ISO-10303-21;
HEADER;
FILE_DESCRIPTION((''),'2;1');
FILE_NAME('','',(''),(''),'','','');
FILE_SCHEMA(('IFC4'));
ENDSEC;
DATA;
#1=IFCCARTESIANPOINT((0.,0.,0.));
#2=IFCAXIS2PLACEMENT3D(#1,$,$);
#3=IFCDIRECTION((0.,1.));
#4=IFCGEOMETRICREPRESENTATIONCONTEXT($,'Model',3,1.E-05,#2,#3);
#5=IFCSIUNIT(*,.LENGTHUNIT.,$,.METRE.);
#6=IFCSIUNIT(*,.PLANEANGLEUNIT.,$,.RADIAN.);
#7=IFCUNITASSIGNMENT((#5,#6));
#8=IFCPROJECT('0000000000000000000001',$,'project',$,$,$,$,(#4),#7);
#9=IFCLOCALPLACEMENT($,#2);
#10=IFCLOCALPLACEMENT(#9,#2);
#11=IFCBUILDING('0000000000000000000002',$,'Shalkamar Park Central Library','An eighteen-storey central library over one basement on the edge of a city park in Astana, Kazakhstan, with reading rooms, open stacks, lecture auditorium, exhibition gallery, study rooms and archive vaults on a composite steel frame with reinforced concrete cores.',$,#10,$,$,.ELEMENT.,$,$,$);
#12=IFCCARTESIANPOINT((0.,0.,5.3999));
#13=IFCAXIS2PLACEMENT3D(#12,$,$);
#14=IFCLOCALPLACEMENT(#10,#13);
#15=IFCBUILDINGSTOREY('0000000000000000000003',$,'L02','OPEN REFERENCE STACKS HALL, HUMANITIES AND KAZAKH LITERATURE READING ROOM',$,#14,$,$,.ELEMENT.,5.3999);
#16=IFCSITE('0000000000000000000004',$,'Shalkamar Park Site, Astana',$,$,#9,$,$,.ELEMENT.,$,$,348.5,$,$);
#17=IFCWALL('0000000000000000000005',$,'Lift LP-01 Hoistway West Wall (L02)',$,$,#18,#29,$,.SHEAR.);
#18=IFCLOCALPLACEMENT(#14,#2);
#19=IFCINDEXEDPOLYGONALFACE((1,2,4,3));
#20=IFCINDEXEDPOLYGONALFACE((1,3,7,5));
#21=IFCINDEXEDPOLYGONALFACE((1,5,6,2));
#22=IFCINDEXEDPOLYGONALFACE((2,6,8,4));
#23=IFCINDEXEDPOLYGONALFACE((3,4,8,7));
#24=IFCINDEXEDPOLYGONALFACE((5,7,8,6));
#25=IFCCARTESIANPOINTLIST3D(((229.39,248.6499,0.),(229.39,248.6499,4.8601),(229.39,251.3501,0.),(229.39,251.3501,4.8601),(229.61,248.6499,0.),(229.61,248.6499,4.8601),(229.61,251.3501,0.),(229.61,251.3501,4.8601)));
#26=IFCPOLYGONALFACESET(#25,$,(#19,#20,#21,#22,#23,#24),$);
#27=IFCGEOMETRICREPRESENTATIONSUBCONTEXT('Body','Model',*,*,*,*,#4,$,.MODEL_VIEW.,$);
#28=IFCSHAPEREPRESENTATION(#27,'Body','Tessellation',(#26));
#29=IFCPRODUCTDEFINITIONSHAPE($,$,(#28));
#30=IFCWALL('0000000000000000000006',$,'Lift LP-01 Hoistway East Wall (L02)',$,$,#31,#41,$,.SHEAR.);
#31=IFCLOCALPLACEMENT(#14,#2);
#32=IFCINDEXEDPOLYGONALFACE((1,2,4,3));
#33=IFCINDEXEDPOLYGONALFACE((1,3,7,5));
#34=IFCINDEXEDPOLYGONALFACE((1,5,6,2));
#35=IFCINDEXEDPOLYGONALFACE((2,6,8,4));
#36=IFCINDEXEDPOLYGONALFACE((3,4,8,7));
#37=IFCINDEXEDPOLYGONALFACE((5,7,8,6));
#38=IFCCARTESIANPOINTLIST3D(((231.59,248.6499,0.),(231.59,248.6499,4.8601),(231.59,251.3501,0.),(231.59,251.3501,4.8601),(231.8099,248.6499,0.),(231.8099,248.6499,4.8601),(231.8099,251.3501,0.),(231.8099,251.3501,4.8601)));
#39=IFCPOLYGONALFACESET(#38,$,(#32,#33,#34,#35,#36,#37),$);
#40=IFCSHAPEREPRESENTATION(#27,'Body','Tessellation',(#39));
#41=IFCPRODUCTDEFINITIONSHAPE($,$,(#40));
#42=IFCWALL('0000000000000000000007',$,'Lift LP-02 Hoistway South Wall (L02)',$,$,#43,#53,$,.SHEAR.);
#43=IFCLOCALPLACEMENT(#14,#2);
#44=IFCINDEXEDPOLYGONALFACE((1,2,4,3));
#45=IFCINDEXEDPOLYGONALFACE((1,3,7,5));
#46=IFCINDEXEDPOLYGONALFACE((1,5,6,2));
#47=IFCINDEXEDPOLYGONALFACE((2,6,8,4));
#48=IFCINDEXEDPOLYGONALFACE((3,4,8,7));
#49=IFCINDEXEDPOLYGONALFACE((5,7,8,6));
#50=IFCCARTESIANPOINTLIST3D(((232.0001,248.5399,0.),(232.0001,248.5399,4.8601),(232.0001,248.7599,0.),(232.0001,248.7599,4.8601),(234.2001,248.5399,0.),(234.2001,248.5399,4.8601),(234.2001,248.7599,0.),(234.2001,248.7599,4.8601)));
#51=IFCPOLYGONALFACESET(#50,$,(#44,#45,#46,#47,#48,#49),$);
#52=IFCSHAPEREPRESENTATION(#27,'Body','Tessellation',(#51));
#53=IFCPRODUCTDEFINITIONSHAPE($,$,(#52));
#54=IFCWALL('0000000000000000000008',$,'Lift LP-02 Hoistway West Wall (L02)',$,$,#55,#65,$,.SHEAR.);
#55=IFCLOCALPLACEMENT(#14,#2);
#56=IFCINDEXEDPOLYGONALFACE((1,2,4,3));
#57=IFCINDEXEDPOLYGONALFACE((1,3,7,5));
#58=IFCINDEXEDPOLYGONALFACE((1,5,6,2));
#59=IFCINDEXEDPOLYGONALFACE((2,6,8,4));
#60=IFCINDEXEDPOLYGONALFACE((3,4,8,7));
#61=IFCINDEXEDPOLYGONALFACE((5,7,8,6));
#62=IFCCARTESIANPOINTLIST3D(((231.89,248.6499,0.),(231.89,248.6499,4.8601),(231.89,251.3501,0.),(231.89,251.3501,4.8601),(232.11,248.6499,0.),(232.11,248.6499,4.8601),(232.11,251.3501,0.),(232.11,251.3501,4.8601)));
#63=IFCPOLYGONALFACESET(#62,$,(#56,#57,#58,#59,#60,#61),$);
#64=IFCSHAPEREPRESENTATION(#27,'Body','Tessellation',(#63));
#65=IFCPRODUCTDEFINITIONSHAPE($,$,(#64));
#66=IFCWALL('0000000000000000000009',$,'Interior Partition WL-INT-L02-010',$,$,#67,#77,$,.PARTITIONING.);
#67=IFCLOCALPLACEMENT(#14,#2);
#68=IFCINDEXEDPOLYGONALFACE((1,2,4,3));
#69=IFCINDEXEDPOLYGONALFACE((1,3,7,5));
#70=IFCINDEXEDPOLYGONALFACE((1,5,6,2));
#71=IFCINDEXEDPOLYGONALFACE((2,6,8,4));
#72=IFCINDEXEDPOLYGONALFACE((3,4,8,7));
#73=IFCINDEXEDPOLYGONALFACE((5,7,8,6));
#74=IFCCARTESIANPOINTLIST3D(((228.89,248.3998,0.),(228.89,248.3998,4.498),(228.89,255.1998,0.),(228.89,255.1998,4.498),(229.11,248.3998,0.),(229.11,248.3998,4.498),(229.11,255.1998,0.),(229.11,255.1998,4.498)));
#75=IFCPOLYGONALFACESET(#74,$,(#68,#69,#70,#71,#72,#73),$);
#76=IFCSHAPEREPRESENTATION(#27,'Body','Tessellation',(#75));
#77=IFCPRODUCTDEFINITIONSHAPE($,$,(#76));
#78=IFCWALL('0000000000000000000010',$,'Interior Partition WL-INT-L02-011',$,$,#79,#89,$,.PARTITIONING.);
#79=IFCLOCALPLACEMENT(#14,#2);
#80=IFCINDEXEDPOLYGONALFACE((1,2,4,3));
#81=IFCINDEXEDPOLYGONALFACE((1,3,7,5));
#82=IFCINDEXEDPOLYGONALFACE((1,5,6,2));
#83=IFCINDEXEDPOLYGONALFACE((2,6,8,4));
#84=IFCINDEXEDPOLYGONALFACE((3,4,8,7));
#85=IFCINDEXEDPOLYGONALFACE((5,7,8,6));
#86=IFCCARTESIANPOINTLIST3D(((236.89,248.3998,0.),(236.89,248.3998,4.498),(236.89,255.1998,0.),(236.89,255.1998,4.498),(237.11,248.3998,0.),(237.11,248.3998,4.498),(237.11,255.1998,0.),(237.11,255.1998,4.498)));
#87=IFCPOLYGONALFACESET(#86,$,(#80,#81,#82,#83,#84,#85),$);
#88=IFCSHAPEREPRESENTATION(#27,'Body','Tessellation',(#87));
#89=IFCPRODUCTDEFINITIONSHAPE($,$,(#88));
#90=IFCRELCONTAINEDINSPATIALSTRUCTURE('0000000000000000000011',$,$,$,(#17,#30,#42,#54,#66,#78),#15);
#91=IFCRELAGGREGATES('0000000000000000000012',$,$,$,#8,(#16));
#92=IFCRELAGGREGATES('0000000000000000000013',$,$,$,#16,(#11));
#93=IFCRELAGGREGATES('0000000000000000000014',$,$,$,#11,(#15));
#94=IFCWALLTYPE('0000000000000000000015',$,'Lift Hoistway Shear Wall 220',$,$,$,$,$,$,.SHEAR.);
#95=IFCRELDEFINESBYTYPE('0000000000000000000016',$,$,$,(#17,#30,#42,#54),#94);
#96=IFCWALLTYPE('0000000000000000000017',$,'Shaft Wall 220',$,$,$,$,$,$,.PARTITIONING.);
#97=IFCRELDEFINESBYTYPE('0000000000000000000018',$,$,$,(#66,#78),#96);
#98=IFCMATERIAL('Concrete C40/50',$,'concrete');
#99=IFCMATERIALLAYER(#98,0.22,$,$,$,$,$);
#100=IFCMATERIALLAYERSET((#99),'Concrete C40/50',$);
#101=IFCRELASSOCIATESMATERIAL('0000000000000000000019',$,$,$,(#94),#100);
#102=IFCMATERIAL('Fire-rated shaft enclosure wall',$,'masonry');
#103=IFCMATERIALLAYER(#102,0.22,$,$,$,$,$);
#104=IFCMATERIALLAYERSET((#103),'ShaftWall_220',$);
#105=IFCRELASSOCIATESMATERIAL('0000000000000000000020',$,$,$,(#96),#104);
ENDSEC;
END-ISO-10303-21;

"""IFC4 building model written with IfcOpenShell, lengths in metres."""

from ifc_helpers import new_model, si_unit, direction, frame, frame_2d, origin, place, context, subcontext, project, spatial, rectangle, extrude, material, layer, layer_set, type_object, element, save


model = new_model("IFC4")

# Units and contexts
model_context = context("Model", 3, precision=1e-05, world=origin(), true_north=direction((0.0, 1.0)))
body_context = subcontext(model_context, "Body", "Model", "MODEL_VIEW")
ifc_project = project(units=[si_unit("LENGTHUNIT", "METRE"), si_unit("PLANEANGLEUNIT", "RADIAN")], contexts=[model_context])

# Site, building, storey
site_placement = place(None, origin())
site = spatial("IfcSite", under=ifc_project, at=site_placement, Name="Shalkamar Park Site, Astana", CompositionType="ELEMENT", RefElevation=348.5)
building_placement = place(site_placement, origin())
building = spatial("IfcBuilding", under=site, at=building_placement, Name="Shalkamar Park Central Library", Description="An eighteen-storey central library over one basement on the edge of a city park in Astana, Kazakhstan, with reading rooms, open stacks, lecture auditorium, exhibition gallery, study rooms and archive vaults on a composite steel frame with reinforced concrete cores.", CompositionType="ELEMENT")
storey_placement = place(building_placement, frame((0.0, 0.0, 5.3999)))
storey = spatial("IfcBuildingStorey", under=building, at=storey_placement, Name="L02", Description="OPEN REFERENCE STACKS HALL, HUMANITIES AND KAZAKH LITERATURE READING ROOM", CompositionType="ELEMENT", Elevation=5.3999)

# Walls
ifc_material_1 = material(Name="Concrete C40/50", Category="concrete")
ifc_layer_1 = layer(ifc_material_1, 0.22)
ifc_layer_set_1 = layer_set([ifc_layer_1], Name="Concrete C40/50")
wall_type_1 = type_object("IfcWallType", Name="Lift Hoistway Shear Wall 220", PredefinedType="SHEAR", material=ifc_layer_set_1)
for number, where, z_axis, x_axis, name in (
    (1, (229.5, 248.6499, 0.0), (0.0, 0.0, 1.0), (0.0, 1.0, 0.0), "Lift LP-01 Hoistway West Wall (L02)"),
    (2, (231.7, 248.6499, 0.0), (0.0, 0.0, 1.0), (0.0, 1.0, 0.0), "Lift LP-01 Hoistway East Wall (L02)"),
):
    element("IfcWall", number, at=place(storey_placement, frame(where, z_axis=z_axis, x_axis=x_axis)), inside=storey, type_object=wall_type_1, Name=name, PredefinedType="SHEAR", context=body_context, shape_type="SweptSolid", body=[
        extrude(rectangle(XDim=2.7002, YDim=0.22, at=frame_2d((1.3501, 0.0))), origin(), (0.0, 0.0, 1.0), 4.8601),
    ])
wall_1_placement = place(storey_placement, frame((232.0, 248.6499, 0.0), z_axis=(0.0, 0.0, 1.0), x_axis=(1.0, 0.0, 0.0)))
element("IfcWall", 3, at=wall_1_placement, inside=storey, type_object=wall_type_1, Name="Lift LP-02 Hoistway South Wall (L02)", PredefinedType="SHEAR", context=body_context, shape_type="SweptSolid", body=[
    extrude(rectangle(XDim=2.2, YDim=0.22, at=frame_2d((1.1001, 0.0))), origin(), (0.0, 0.0, 1.0), 4.8601),
])
wall_2_placement = place(storey_placement, frame((232.0, 248.6499, 0.0), z_axis=(0.0, 0.0, 1.0), x_axis=(0.0, 1.0, 0.0)))
element("IfcWall", 4, at=wall_2_placement, inside=storey, type_object=wall_type_1, Name="Lift LP-02 Hoistway West Wall (L02)", PredefinedType="SHEAR", context=body_context, shape_type="SweptSolid", body=[
    extrude(rectangle(XDim=2.7002, YDim=0.22, at=frame_2d((1.3501, 0.0))), origin(), (0.0, 0.0, 1.0), 4.8601),
])
ifc_material_2 = material(Name="Fire-rated shaft enclosure wall", Category="masonry")
ifc_layer_2 = layer(ifc_material_2, 0.22)
ifc_layer_set_2 = layer_set([ifc_layer_2], Name="ShaftWall_220")
wall_type_2 = type_object("IfcWallType", Name="Shaft Wall 220", PredefinedType="PARTITIONING", material=ifc_layer_set_2)
for number, where, z_axis, x_axis, name in (
    (5, (229.0, 248.3999, 0.0), (0.0, 0.0, 1.0), (0.0, 1.0, 0.0), "Interior Partition WL-INT-L02-010"),
    (6, (237.0, 248.3999, 0.0), (0.0, 0.0, 1.0), (0.0, 1.0, 0.0), "Interior Partition WL-INT-L02-011"),
):
    element("IfcWall", number, at=place(storey_placement, frame(where, z_axis=z_axis, x_axis=x_axis)), inside=storey, type_object=wall_type_2, Name=name, PredefinedType="PARTITIONING", context=body_context, shape_type="SweptSolid", body=[
        extrude(rectangle(XDim=6.8, YDim=0.22, at=frame_2d((3.3999, 0.0))), origin(), (0.0, 0.0, 1.0), 4.498),
    ])

save(model, "model.ifc")
